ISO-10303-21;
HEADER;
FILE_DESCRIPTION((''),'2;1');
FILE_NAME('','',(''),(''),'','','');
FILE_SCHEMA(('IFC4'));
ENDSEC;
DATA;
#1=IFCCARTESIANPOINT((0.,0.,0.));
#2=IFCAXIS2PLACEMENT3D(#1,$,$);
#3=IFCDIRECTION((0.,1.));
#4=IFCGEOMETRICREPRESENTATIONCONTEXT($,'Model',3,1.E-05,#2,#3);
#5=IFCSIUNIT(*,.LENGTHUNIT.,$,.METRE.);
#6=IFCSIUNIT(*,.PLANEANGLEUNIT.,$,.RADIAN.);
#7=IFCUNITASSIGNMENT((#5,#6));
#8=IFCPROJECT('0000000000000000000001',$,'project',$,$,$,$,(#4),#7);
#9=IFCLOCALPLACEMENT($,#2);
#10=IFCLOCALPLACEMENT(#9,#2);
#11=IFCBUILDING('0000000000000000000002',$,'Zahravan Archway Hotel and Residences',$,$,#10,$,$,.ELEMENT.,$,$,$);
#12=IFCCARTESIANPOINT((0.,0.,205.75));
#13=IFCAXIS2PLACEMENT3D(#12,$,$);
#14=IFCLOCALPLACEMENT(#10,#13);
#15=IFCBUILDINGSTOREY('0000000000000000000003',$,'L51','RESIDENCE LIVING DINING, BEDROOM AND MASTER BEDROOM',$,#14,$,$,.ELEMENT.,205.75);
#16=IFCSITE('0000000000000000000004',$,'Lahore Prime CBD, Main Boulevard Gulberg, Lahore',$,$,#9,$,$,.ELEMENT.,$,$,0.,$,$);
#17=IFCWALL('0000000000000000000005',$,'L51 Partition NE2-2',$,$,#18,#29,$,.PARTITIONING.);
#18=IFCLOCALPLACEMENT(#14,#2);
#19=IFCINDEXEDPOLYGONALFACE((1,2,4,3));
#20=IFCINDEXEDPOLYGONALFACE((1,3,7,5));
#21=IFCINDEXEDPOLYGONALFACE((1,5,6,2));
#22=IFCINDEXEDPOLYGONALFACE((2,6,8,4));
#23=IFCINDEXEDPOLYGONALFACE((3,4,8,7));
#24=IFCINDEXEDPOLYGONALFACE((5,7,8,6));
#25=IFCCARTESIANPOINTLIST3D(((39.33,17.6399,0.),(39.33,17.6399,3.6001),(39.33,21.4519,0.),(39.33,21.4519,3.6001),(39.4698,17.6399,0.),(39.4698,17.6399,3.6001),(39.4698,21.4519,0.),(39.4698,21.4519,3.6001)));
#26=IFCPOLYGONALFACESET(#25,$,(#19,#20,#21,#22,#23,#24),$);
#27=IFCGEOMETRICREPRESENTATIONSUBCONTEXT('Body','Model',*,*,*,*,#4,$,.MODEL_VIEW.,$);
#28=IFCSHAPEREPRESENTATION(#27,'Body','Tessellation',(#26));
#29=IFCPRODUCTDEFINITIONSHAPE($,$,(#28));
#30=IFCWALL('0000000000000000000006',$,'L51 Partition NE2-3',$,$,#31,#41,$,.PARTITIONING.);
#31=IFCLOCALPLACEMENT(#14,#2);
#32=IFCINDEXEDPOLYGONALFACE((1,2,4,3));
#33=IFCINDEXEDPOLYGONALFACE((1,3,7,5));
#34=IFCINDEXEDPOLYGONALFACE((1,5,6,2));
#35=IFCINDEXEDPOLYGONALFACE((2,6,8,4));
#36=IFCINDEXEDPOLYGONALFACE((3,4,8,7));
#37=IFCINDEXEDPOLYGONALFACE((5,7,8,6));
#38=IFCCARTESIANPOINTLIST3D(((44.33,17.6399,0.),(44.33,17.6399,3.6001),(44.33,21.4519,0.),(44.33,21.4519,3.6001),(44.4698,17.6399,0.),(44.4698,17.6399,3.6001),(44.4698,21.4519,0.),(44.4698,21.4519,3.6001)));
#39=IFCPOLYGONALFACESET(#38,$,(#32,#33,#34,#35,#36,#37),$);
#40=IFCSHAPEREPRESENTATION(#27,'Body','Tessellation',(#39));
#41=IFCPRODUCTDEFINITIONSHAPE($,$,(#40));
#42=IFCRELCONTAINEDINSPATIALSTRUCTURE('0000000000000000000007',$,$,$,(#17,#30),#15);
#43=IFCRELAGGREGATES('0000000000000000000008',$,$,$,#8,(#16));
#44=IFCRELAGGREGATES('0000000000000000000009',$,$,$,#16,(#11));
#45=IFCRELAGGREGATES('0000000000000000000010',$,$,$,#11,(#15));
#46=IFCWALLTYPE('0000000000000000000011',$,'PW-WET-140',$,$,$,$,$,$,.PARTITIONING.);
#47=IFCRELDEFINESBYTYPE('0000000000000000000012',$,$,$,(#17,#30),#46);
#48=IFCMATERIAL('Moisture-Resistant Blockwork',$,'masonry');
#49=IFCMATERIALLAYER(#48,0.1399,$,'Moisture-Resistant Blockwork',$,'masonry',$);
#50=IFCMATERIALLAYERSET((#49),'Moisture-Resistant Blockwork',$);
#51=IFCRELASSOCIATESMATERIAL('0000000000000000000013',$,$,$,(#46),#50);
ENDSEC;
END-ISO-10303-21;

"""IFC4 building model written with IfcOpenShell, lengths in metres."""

from ifc_helpers import new_model, si_unit, direction, frame, frame_2d, origin, place, context, subcontext, project, spatial, rectangle, extrude, material, layer, layer_set, type_object, element, save


model = new_model("IFC4")

# Units and contexts
model_context = context("Model", 3, precision=1e-05, world=origin(), true_north=direction((0.0, 1.0)))
body_context = subcontext(model_context, "Body", "Model", "MODEL_VIEW")
ifc_project = project(units=[si_unit("LENGTHUNIT", "METRE"), si_unit("PLANEANGLEUNIT", "RADIAN")], contexts=[model_context])

# Site, building, storey
site_placement = place(None, origin())
site = spatial("IfcSite", under=ifc_project, at=site_placement, Name="Lahore Prime CBD, Main Boulevard Gulberg, Lahore", CompositionType="ELEMENT", RefElevation=0.0)
building_placement = place(site_placement, origin())
building = spatial("IfcBuilding", under=site, at=building_placement, Name="Zahravan Archway Hotel and Residences", CompositionType="ELEMENT")
storey_placement = place(building_placement, frame((0.0, 0.0, 205.75)))
storey = spatial("IfcBuildingStorey", under=building, at=storey_placement, Name="L51", Description="RESIDENCE LIVING DINING, BEDROOM AND MASTER BEDROOM", CompositionType="ELEMENT", Elevation=205.75)

# Walls
ifc_material_1 = material(Name="Moisture-Resistant Blockwork", Category="masonry")
ifc_layer_1 = layer(ifc_material_1, 0.1399, Name="Moisture-Resistant Blockwork", Category="masonry")
ifc_layer_set_1 = layer_set([ifc_layer_1], Name="Moisture-Resistant Blockwork")
wall_type_1 = type_object("IfcWallType", Name="PW-WET-140", PredefinedType="PARTITIONING", material=ifc_layer_set_1)
for number, where, z_axis, x_axis, name in (
    (1, (39.3999, 17.6399, 0.0), (0.0, 0.0, 1.0), (0.0, 1.0, 0.0), "L51 Partition NE2-2"),
    (2, (44.3999, 17.6399, 0.0), (0.0, 0.0, 1.0), (0.0, 1.0, 0.0), "L51 Partition NE2-3"),
):
    element("IfcWall", number, at=place(storey_placement, frame(where, z_axis=z_axis, x_axis=x_axis)), inside=storey, type_object=wall_type_1, Name=name, PredefinedType="PARTITIONING", context=body_context, shape_type="SweptSolid", body=[
        extrude(rectangle(XDim=3.812, YDim=0.1399, at=frame_2d((1.906, 0.0))), origin(), (0.0, 0.0, 1.0), 3.6001),
    ])

save(model, "model.ifc")
